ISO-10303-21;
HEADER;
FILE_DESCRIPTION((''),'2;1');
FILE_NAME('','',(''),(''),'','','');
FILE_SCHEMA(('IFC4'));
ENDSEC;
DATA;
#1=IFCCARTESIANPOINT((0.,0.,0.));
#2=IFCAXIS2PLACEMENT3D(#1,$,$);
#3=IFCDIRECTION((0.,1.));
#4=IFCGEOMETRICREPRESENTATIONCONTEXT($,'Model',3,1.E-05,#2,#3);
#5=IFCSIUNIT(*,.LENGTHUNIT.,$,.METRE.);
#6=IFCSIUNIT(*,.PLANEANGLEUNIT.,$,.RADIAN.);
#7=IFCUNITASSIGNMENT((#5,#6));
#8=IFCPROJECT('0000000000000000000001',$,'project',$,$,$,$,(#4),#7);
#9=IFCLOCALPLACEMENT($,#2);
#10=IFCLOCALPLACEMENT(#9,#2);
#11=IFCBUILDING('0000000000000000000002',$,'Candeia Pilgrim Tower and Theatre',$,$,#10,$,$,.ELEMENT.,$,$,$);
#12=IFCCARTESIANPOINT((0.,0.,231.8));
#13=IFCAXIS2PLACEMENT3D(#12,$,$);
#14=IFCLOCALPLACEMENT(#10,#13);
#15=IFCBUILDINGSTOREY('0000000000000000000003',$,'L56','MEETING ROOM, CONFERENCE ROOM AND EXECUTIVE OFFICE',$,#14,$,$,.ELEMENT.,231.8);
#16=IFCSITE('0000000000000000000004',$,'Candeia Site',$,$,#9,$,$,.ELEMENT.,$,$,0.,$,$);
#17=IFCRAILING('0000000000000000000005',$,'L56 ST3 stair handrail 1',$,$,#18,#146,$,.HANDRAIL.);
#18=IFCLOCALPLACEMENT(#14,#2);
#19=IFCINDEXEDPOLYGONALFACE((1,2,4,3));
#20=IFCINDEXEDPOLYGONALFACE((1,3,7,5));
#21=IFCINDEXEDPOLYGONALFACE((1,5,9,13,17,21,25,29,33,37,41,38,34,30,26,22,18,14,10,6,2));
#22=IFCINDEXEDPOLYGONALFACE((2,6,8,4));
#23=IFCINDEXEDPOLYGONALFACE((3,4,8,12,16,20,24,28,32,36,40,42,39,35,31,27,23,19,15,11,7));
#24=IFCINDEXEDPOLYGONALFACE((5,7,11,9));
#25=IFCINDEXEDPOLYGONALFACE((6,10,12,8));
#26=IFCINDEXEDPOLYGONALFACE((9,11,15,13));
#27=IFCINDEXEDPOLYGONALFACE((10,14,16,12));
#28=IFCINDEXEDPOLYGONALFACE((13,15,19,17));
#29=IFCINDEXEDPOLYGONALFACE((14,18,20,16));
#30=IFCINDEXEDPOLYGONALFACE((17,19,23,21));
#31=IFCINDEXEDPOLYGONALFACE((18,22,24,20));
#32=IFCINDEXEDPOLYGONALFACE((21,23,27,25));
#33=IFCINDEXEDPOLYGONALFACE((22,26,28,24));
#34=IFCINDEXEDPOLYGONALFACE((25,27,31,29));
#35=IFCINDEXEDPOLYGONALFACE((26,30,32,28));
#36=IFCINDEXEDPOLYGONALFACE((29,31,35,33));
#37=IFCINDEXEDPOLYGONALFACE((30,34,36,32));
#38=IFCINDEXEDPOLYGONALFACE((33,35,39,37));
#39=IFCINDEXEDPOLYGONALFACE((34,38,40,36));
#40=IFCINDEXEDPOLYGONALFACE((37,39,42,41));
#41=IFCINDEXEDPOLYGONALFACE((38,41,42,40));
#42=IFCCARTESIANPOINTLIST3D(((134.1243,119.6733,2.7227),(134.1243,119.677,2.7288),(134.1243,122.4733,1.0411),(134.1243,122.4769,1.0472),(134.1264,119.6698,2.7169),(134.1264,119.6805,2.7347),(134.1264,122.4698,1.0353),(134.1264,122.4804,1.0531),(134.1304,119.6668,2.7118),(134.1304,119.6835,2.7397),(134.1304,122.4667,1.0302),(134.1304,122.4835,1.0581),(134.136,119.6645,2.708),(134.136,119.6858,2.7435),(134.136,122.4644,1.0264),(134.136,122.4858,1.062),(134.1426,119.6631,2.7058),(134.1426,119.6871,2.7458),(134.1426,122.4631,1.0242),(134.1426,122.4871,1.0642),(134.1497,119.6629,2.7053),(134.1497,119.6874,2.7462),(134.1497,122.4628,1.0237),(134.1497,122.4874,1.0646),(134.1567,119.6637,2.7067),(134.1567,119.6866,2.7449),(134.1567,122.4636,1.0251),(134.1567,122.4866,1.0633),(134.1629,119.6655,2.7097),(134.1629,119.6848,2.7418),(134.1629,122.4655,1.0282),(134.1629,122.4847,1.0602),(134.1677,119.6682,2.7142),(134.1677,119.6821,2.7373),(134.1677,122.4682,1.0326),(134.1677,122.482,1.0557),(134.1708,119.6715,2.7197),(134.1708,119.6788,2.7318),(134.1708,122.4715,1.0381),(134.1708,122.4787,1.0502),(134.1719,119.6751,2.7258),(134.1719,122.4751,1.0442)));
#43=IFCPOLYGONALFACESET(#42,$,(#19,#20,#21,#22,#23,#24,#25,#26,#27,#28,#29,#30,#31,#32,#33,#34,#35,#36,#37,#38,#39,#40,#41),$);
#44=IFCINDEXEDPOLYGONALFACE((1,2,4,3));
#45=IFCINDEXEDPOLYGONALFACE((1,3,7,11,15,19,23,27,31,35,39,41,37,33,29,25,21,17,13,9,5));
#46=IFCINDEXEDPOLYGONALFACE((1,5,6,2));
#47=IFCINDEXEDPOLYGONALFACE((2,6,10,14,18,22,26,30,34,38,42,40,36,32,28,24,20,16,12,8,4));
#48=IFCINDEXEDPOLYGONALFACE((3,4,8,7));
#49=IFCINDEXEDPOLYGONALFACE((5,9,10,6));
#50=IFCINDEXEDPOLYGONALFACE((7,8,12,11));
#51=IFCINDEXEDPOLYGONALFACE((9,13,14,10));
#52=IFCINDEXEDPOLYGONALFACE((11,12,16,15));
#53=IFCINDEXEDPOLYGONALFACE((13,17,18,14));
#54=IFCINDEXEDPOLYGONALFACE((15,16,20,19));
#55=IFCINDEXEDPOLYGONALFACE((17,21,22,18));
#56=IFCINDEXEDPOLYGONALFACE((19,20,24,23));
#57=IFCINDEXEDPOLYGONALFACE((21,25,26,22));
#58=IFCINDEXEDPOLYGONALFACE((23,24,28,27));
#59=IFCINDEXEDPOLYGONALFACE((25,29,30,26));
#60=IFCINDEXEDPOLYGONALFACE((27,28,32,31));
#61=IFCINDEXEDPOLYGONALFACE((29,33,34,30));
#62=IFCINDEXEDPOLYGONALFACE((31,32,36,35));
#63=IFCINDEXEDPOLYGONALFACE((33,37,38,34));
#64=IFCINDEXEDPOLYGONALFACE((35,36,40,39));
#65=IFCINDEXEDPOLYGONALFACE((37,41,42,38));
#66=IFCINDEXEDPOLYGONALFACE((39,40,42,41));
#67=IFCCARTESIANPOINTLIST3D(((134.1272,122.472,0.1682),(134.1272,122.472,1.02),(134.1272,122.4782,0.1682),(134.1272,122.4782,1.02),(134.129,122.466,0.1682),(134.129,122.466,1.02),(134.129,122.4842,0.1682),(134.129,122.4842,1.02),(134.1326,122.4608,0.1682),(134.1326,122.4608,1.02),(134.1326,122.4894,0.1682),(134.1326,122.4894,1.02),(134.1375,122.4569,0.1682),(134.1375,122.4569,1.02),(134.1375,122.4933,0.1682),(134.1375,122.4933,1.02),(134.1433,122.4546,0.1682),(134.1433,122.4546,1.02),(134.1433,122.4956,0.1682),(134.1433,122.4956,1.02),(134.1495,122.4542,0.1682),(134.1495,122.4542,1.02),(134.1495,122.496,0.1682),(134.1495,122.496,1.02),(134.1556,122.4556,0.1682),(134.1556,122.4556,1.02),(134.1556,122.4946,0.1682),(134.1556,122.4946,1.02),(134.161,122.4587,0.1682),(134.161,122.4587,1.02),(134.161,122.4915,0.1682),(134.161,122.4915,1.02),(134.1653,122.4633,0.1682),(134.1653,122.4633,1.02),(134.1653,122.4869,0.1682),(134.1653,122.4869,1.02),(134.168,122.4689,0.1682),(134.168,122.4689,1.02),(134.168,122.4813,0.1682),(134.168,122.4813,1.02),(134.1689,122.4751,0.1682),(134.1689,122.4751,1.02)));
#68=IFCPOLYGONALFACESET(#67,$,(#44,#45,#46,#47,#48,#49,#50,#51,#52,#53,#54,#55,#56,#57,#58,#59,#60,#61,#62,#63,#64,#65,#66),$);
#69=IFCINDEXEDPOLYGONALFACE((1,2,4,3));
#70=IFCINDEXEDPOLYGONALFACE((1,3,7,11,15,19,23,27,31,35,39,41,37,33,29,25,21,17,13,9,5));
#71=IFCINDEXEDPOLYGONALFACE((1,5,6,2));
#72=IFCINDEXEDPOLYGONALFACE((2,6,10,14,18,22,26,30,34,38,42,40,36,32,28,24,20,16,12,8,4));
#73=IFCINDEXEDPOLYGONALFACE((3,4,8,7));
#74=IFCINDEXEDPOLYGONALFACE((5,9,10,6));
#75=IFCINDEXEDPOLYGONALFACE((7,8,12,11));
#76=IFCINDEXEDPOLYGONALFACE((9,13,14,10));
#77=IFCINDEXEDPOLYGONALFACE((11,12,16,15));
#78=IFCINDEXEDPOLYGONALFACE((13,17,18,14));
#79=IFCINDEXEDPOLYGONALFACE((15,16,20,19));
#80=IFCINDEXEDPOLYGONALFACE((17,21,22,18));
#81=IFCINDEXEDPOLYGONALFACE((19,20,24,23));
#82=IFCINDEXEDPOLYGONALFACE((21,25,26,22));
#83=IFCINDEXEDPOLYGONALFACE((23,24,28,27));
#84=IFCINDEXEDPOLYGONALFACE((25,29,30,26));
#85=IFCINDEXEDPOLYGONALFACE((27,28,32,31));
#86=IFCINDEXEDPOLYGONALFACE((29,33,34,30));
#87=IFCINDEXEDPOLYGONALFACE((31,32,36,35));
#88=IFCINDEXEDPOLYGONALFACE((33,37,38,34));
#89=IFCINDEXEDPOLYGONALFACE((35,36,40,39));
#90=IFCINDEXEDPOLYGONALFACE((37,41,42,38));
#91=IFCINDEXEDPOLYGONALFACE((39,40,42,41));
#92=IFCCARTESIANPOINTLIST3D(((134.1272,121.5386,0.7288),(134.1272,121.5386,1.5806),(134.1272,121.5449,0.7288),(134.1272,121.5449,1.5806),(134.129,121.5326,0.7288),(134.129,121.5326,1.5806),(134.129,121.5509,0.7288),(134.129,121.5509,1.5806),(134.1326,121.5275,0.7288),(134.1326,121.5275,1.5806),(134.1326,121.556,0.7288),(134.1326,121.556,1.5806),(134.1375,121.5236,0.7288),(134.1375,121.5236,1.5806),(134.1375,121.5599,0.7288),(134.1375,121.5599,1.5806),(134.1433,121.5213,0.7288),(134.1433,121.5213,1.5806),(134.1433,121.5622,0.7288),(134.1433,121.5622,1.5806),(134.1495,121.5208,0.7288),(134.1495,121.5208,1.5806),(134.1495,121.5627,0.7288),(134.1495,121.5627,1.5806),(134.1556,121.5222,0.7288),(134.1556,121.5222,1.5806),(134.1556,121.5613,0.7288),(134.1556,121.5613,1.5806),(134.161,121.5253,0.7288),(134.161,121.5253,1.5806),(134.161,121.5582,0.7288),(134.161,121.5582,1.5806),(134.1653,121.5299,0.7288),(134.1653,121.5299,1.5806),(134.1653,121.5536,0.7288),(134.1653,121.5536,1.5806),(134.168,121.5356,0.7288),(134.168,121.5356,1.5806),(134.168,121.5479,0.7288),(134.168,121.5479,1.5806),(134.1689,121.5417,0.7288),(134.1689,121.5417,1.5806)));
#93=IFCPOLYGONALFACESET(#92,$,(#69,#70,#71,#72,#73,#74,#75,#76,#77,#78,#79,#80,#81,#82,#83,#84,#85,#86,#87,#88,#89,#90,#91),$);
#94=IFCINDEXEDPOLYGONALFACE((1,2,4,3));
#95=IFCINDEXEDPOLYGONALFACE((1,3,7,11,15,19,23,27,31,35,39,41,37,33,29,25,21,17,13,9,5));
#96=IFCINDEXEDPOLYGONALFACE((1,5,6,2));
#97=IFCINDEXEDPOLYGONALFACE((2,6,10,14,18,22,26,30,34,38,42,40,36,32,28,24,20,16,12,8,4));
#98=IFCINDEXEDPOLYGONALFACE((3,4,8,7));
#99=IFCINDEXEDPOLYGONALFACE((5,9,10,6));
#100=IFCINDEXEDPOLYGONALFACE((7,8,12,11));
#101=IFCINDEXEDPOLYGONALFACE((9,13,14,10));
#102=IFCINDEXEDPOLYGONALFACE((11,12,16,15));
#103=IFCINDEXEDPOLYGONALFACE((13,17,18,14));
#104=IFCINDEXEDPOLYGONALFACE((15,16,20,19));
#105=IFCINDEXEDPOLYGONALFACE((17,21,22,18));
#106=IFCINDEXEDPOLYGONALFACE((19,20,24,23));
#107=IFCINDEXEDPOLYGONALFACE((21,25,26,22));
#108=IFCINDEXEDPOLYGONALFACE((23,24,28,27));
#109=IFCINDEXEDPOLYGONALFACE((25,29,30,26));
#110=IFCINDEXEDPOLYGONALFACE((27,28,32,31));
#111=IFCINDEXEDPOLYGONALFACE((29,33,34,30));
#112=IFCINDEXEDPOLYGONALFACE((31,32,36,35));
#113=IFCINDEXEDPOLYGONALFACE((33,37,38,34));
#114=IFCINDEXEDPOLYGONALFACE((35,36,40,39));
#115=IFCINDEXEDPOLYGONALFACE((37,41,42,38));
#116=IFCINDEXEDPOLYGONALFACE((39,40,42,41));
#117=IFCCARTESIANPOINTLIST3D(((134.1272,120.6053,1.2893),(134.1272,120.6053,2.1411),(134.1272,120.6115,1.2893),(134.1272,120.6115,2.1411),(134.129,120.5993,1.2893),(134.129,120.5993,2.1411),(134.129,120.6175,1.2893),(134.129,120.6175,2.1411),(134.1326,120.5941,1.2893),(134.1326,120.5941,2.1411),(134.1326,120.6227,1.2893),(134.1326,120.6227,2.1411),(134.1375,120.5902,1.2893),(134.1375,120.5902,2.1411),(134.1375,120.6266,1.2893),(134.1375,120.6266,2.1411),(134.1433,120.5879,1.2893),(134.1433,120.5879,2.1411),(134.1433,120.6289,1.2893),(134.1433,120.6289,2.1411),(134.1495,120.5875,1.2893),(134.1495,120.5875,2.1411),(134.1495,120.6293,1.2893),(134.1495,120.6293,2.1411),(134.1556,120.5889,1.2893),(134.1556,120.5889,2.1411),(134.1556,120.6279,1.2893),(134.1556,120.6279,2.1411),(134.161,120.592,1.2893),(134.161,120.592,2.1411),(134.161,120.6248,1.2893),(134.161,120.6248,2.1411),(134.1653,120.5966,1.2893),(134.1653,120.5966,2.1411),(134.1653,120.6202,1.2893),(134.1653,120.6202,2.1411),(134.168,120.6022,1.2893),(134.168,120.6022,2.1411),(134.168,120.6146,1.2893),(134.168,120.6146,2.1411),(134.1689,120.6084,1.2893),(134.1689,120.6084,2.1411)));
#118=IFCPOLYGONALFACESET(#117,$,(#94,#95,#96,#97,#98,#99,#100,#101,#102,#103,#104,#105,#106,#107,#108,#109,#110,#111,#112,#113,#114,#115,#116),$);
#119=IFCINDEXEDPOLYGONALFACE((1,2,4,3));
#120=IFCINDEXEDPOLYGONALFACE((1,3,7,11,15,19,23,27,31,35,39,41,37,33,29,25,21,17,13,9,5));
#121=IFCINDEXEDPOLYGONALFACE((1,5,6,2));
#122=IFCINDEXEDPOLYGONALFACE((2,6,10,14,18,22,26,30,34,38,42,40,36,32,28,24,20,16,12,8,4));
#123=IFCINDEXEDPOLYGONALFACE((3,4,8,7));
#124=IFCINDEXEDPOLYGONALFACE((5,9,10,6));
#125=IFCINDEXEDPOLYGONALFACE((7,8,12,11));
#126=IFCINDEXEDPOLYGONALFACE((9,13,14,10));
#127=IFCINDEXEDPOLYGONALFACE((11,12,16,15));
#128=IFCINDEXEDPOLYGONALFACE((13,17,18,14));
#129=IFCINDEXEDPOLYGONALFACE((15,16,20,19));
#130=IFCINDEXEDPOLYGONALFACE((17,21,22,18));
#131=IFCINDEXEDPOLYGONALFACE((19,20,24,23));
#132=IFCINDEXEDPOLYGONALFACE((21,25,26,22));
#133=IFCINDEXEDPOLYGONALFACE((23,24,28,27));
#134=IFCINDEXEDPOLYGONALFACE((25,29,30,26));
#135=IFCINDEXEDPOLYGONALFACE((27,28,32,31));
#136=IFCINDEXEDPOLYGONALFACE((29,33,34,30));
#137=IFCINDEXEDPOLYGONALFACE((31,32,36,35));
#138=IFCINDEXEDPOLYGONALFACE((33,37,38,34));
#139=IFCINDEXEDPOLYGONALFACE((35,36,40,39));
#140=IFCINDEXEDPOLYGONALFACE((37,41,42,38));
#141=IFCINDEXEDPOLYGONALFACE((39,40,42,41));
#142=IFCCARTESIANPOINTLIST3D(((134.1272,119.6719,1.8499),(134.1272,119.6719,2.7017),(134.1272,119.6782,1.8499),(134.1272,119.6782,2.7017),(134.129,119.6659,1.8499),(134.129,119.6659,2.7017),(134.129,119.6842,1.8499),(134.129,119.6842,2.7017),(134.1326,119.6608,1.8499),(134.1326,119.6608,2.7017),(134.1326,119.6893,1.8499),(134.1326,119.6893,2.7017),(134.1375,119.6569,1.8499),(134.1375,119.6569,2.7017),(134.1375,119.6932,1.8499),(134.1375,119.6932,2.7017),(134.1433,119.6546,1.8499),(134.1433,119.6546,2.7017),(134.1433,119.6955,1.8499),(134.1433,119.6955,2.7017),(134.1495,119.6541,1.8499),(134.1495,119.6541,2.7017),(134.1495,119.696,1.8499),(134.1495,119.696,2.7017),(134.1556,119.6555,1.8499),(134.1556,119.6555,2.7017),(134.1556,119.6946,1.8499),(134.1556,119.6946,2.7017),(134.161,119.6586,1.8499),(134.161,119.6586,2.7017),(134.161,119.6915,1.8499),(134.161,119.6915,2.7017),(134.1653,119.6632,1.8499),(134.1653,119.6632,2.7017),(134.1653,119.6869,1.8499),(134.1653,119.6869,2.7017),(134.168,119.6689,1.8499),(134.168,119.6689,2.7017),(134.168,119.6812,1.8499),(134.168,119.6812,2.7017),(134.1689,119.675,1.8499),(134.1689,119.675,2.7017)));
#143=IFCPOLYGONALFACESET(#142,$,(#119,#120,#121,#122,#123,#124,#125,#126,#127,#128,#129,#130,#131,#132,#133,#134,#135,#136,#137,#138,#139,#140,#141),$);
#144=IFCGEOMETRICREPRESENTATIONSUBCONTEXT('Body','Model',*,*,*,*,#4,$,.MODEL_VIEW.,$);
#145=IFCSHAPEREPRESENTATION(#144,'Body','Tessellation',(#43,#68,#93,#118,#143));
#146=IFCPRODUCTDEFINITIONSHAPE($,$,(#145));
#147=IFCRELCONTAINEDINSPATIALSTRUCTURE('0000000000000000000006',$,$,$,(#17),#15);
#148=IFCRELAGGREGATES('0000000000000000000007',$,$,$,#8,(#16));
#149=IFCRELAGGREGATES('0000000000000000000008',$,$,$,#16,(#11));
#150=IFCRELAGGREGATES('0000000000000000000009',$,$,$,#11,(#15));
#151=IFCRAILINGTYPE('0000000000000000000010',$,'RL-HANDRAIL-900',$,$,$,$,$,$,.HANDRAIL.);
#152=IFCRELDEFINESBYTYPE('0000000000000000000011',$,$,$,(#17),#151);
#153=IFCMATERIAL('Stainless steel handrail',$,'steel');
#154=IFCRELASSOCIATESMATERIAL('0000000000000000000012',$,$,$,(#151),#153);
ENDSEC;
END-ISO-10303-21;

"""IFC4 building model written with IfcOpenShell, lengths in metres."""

from ifc_helpers import new_model, si_unit, direction, frame, origin, origin_2d, place, context, subcontext, project, spatial, circle, extrude, material, type_object, element, save


model = new_model("IFC4")

# Units and contexts
model_context = context("Model", 3, precision=1e-05, world=origin(), true_north=direction((0.0, 1.0)))
body_context = subcontext(model_context, "Body", "Model", "MODEL_VIEW")
ifc_project = project(units=[si_unit("LENGTHUNIT", "METRE"), si_unit("PLANEANGLEUNIT", "RADIAN")], contexts=[model_context])

# Site, building, storey
site_placement = place(None, origin())
site = spatial("IfcSite", under=ifc_project, at=site_placement, Name="Candeia Site", CompositionType="ELEMENT", RefElevation=0.0)
building_placement = place(site_placement, origin())
building = spatial("IfcBuilding", under=site, at=building_placement, Name="Candeia Pilgrim Tower and Theatre", CompositionType="ELEMENT")
storey_placement = place(building_placement, frame((0.0, 0.0, 231.8)))
storey = spatial("IfcBuildingStorey", under=building, at=storey_placement, Name="L56", Description="MEETING ROOM, CONFERENCE ROOM AND EXECUTIVE OFFICE", CompositionType="ELEMENT", Elevation=231.8)

# Railing
ifc_material_1 = material(Name="Stainless steel handrail", Category="steel")
railing_type_1 = type_object("IfcRailingType", Name="RL-HANDRAIL-900", PredefinedType="HANDRAIL", material=ifc_material_1)
railing_1_placement = place(storey_placement, frame((134.1479, 122.4751, 0.1682)))
element("IfcRailing", 1, at=railing_1_placement, inside=storey, type_object=railing_type_1, Name="L56 ST3 stair handrail 1", PredefinedType="HANDRAIL", context=body_context, shape_type="SweptSolid", body=[
    extrude(circle(Radius=0.0239, at=origin_2d()), frame((0.0, 0.0, 0.876), z_axis=(0.0, -0.857275, 0.514858), x_axis=(1.0, 0.0, 0.0)), (0.0, 0.0, 1.0), 3.2661),
    extrude(circle(Radius=0.021, at=origin_2d()), origin(), (0.0, 0.0, 1.0), 0.8518),
    extrude(circle(Radius=0.021, at=origin_2d()), frame((0.0, -0.9333, 0.5605)), (0.0, 0.0, 1.0), 0.8518),
    extrude(circle(Radius=0.021, at=origin_2d()), frame((0.0, -1.8667, 1.1211)), (0.0, 0.0, 1.0), 0.8518),
    extrude(circle(Radius=0.021, at=origin_2d()), frame((0.0, -2.8, 1.6816)), (0.0, 0.0, 1.0), 0.8518),
])

save(model, "model.ifc")
